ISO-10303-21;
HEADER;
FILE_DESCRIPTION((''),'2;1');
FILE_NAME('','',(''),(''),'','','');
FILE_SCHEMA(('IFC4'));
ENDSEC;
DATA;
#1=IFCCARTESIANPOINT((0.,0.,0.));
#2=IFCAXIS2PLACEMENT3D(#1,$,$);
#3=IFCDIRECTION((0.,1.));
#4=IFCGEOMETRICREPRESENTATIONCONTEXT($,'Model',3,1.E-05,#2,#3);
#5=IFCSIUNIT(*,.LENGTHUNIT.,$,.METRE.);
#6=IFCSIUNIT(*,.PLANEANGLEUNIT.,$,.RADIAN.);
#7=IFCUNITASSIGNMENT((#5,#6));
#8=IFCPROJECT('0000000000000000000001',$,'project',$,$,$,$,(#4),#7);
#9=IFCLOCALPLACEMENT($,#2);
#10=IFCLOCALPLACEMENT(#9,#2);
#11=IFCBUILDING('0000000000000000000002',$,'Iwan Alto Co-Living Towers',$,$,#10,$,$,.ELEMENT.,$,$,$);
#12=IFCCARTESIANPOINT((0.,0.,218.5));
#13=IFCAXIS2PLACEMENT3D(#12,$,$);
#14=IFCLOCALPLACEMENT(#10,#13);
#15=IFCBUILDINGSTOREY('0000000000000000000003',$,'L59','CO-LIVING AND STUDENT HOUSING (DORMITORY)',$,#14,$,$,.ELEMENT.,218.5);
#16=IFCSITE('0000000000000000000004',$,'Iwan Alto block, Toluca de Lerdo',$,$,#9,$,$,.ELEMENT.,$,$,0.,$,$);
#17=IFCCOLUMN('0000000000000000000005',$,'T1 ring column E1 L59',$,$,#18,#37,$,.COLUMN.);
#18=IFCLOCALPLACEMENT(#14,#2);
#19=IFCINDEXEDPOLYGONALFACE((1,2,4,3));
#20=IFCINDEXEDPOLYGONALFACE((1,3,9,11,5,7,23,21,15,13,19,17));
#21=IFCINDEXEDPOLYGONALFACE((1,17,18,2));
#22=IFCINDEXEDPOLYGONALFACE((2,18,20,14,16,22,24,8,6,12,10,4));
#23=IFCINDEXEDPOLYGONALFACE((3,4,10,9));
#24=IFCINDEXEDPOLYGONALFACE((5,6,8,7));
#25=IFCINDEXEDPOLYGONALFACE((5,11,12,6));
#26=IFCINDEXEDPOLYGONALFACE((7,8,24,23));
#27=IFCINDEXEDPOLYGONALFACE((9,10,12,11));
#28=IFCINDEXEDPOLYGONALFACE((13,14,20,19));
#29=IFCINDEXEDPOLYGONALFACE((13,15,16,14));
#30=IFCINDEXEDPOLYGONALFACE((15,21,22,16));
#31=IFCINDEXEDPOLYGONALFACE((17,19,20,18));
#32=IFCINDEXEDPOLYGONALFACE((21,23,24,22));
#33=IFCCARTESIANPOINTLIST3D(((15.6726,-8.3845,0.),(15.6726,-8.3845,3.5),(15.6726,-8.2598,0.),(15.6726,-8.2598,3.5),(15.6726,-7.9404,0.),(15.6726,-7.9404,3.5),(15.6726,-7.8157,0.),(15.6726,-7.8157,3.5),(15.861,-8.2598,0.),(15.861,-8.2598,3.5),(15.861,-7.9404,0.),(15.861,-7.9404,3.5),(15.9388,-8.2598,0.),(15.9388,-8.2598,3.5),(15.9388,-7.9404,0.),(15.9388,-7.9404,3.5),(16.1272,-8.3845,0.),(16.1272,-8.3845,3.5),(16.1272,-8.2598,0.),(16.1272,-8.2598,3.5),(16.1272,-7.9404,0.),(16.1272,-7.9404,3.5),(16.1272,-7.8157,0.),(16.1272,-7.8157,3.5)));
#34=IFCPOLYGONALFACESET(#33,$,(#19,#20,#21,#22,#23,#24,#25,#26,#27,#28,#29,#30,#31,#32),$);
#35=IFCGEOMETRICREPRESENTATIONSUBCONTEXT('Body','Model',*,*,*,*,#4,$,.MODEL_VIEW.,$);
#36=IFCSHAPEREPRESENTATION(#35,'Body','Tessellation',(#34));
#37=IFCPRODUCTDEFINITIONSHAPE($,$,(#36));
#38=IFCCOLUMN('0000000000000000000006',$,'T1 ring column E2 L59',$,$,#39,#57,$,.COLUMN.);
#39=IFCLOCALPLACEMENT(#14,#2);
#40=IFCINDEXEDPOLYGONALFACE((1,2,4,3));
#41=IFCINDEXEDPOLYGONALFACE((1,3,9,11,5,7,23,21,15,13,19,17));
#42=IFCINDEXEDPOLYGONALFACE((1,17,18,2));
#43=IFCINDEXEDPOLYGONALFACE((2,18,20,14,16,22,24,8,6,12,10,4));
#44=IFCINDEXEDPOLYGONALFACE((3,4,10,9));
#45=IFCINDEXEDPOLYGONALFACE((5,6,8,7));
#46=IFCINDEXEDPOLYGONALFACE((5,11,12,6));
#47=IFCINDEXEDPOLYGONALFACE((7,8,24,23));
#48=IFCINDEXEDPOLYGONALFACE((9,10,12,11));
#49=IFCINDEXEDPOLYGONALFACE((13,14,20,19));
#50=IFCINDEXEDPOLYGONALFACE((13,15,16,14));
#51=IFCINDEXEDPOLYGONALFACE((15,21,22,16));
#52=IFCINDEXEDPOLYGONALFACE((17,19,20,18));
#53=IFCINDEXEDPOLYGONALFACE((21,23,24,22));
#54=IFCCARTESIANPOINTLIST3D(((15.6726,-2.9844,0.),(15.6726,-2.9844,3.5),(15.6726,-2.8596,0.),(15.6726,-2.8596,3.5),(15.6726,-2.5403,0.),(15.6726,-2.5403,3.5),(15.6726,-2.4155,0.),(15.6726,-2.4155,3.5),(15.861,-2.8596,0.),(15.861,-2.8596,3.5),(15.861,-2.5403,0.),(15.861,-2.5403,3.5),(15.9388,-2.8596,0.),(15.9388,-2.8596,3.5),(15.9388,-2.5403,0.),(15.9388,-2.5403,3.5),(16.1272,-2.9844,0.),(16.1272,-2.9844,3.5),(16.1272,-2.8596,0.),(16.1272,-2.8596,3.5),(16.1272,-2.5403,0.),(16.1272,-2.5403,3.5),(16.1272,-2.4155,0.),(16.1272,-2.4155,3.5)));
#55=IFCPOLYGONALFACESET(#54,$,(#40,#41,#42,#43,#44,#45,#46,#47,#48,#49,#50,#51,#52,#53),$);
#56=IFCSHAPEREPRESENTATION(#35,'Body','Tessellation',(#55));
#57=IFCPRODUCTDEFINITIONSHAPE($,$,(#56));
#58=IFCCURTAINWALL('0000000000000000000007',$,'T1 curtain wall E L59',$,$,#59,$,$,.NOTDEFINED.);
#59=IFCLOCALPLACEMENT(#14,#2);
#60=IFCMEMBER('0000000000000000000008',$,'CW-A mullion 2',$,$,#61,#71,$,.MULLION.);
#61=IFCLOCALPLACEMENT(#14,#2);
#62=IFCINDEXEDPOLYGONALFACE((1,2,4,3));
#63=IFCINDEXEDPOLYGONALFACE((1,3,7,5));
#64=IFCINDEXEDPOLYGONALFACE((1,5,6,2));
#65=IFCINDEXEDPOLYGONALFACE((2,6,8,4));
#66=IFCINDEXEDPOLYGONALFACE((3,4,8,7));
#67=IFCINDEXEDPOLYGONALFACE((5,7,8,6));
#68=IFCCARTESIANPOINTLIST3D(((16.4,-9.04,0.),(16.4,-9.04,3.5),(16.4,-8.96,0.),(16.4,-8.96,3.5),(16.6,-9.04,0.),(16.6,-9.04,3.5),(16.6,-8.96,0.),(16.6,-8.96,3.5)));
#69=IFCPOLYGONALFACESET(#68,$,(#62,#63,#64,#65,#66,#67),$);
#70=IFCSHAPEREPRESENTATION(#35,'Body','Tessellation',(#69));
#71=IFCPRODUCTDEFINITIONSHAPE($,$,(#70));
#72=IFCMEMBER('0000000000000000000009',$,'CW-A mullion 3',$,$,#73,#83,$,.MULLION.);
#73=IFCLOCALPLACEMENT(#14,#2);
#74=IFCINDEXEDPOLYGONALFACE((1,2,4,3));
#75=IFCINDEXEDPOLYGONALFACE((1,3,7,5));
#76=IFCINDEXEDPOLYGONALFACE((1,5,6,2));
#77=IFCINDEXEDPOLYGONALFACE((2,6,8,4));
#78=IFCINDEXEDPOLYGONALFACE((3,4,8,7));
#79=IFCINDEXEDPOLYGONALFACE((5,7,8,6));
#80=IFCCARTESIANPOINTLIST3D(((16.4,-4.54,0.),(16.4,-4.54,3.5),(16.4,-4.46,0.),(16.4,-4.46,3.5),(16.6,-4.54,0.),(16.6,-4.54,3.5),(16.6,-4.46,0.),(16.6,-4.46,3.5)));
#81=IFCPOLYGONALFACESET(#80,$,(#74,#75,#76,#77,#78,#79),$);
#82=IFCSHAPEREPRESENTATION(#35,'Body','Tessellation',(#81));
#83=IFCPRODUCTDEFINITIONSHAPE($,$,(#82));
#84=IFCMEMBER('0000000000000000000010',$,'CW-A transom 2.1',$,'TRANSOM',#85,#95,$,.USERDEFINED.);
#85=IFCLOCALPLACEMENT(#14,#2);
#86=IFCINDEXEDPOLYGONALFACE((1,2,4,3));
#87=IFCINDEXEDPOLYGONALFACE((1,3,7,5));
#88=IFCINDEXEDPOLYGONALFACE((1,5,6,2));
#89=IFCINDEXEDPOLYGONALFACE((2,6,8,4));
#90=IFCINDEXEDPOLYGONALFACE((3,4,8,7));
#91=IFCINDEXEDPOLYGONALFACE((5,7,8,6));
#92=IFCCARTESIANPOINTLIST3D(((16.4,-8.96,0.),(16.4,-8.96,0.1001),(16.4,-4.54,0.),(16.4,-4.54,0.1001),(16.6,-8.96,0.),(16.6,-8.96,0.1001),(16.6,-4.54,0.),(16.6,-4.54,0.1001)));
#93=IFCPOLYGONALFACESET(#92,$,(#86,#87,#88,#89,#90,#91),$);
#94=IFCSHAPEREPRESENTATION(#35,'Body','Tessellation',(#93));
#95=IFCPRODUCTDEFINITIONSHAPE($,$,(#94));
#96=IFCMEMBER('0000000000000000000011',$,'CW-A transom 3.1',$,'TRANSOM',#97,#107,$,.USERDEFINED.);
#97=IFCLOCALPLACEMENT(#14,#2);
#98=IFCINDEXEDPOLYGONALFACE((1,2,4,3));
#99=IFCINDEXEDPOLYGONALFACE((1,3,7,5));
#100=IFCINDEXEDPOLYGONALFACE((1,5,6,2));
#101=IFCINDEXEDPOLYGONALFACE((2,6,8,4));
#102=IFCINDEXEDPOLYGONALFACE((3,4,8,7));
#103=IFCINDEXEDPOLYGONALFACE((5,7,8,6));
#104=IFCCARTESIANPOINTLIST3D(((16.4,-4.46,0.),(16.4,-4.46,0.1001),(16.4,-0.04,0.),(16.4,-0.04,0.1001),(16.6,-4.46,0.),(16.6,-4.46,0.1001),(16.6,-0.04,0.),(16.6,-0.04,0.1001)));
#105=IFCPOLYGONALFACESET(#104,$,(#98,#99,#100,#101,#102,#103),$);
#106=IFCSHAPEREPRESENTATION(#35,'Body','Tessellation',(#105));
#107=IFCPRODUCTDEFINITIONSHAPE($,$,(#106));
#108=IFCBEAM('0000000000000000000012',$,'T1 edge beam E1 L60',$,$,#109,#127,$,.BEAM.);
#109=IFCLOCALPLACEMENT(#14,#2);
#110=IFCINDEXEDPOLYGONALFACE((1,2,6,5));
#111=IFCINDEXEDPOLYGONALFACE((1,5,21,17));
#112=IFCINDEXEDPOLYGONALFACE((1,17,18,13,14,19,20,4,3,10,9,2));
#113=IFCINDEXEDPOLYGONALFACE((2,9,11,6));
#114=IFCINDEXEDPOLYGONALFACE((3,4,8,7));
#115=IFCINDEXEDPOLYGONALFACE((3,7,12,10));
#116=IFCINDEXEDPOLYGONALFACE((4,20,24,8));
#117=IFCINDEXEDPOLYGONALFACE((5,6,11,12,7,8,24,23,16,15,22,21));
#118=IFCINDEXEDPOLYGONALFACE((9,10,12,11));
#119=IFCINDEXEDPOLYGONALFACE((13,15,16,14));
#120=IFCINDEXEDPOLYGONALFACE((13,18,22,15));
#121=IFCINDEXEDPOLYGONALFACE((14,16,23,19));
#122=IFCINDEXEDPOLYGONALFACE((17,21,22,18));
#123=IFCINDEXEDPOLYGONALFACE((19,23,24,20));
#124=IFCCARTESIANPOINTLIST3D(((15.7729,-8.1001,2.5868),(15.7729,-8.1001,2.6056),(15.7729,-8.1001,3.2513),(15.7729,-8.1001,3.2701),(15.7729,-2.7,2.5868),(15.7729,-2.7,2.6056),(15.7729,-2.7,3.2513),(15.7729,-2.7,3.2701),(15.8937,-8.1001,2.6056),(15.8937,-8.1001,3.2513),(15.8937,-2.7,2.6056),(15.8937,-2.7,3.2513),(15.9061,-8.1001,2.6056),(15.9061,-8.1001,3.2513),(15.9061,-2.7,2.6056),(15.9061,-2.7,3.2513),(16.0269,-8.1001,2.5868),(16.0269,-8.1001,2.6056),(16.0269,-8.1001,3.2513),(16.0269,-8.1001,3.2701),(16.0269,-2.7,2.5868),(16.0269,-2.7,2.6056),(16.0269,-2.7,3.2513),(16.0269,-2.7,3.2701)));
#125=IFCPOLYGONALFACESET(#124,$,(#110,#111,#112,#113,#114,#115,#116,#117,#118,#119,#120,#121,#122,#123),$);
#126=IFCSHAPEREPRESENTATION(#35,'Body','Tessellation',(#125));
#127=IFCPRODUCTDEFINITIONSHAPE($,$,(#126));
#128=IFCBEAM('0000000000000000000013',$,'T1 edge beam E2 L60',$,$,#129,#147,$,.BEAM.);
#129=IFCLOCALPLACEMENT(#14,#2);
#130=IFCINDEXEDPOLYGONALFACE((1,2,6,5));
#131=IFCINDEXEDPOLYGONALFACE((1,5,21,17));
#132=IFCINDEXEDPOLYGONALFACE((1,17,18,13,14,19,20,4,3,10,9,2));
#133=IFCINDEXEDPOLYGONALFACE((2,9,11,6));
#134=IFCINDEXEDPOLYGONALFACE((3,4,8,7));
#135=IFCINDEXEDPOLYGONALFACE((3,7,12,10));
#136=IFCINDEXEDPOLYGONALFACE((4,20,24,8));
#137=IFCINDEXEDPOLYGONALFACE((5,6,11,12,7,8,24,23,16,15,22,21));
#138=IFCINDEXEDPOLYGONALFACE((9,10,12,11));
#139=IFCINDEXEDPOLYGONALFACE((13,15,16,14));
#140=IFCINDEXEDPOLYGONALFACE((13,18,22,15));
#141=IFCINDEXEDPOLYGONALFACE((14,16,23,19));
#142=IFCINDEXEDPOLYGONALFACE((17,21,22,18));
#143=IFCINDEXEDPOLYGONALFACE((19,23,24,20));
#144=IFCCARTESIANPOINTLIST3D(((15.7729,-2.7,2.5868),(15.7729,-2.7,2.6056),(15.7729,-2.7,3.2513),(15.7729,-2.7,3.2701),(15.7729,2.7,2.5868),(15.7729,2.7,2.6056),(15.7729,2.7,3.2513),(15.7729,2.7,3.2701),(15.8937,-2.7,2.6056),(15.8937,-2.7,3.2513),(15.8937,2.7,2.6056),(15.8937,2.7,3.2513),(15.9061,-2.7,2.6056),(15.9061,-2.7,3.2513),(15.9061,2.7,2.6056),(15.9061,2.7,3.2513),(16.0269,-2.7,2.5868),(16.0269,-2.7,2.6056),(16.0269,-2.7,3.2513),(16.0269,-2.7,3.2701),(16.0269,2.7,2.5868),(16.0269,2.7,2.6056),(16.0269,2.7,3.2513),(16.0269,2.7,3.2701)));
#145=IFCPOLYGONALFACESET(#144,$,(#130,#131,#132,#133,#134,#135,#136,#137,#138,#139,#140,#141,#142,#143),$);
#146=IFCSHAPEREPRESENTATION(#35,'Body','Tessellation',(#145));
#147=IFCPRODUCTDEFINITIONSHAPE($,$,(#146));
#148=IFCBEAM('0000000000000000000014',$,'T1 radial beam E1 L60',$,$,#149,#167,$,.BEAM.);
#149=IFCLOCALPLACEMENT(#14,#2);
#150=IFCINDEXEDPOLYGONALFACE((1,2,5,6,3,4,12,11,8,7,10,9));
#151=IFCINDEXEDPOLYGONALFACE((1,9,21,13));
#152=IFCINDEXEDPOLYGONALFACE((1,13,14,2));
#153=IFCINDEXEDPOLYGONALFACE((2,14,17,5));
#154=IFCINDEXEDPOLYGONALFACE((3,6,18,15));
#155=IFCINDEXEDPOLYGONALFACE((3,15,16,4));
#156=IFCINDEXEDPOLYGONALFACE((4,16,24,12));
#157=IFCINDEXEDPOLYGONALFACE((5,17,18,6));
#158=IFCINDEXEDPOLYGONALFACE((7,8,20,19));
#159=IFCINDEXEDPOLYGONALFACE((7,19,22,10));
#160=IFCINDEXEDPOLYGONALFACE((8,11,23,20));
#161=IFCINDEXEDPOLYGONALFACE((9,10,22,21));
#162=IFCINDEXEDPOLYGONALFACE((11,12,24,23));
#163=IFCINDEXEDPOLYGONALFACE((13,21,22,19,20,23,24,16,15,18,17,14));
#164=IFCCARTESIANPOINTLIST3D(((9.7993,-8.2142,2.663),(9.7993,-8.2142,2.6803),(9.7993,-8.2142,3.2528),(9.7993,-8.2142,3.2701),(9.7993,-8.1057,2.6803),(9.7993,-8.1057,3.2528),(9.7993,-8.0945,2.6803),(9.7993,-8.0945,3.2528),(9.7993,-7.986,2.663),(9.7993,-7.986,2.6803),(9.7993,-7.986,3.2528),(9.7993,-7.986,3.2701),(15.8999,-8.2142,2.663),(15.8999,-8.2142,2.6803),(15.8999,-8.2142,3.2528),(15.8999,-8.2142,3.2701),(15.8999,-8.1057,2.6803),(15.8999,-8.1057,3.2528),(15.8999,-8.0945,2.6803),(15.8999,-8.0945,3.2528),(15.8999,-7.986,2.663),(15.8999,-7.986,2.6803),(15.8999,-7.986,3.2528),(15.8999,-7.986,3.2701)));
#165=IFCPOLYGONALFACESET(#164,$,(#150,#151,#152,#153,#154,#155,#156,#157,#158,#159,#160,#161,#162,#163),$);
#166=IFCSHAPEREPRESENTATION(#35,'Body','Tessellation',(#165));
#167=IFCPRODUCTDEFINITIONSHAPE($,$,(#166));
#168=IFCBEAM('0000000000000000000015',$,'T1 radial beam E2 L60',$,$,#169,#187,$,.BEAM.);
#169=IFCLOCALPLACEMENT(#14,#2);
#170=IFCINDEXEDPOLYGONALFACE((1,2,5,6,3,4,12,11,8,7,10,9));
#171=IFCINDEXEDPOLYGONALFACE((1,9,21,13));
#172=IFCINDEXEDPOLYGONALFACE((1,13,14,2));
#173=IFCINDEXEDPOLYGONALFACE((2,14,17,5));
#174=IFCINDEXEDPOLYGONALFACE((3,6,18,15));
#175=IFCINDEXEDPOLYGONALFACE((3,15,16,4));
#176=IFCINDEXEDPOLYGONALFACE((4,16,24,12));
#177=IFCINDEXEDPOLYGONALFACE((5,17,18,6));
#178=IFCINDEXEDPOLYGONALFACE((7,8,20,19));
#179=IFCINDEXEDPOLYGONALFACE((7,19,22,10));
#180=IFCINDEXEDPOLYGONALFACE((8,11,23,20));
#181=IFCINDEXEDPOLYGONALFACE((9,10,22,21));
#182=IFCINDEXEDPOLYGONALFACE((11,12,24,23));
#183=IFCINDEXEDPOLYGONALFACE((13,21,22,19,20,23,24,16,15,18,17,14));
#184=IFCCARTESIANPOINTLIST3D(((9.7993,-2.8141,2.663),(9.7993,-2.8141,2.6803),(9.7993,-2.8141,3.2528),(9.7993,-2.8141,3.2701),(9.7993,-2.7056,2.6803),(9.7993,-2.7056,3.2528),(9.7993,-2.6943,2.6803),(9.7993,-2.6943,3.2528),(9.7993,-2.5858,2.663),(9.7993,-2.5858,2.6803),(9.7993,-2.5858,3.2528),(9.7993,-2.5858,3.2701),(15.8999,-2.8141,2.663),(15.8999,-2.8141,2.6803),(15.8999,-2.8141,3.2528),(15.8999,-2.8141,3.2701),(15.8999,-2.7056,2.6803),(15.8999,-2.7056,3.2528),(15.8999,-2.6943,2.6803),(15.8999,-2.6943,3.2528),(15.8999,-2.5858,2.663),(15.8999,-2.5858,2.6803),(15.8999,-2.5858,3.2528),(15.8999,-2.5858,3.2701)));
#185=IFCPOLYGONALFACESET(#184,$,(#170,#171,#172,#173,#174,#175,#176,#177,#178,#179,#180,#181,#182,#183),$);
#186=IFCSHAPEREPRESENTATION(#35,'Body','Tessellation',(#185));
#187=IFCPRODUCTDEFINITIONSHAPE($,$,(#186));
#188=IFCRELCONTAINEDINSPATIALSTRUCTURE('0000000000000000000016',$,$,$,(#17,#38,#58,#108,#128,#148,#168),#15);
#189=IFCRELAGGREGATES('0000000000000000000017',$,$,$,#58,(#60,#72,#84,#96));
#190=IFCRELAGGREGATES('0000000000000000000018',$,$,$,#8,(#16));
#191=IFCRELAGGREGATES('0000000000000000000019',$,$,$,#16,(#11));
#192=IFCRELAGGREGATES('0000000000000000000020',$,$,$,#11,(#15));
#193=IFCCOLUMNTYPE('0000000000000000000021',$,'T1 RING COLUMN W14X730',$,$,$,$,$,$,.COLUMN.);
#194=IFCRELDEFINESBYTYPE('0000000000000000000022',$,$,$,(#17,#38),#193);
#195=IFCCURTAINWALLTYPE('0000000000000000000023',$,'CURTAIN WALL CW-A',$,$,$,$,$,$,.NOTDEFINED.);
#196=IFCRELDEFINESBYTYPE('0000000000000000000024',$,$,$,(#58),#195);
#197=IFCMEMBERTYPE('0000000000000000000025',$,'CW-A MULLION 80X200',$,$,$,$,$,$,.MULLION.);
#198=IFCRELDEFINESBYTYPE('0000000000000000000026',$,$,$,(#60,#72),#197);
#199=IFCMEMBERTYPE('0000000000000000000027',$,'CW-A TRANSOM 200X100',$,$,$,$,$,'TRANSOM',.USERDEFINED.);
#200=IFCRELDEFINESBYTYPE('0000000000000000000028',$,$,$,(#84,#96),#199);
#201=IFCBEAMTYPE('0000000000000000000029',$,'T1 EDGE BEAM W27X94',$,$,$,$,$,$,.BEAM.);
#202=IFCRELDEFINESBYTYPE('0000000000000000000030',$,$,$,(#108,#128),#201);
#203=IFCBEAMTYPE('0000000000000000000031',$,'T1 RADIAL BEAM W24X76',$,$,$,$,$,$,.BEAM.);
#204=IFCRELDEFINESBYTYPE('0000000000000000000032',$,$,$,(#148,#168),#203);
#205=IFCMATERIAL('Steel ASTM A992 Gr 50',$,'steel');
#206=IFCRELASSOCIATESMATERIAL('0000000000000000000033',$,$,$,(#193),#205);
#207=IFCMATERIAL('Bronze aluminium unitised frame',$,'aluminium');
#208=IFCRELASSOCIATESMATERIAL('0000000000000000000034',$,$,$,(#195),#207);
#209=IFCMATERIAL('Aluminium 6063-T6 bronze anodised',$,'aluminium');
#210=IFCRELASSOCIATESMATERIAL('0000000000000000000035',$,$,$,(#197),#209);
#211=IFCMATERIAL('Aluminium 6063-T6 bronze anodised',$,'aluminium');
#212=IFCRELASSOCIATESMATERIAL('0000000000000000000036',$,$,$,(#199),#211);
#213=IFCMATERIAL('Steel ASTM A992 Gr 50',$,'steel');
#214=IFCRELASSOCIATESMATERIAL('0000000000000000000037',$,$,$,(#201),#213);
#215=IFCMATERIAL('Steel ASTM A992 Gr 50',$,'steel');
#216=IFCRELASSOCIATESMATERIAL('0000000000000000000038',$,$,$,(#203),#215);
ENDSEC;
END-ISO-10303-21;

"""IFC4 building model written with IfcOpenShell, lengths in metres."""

from ifc_helpers import new_model, si_unit, direction, frame, origin, origin_2d, place, context, subcontext, project, spatial, rectangle, i_section, extrude, material, material_profile, profile_set, type_object, element, aggregate, save


model = new_model("IFC4")

# Units and contexts
model_context = context("Model", 3, precision=1e-05, world=origin(), true_north=direction((0.0, 1.0)))
body_context = subcontext(model_context, "Body", "Model", "MODEL_VIEW")
ifc_project = project(units=[si_unit("LENGTHUNIT", "METRE"), si_unit("PLANEANGLEUNIT", "RADIAN")], contexts=[model_context])

# Site, building, storey
site_placement = place(None, origin())
site = spatial("IfcSite", under=ifc_project, at=site_placement, Name="Iwan Alto block, Toluca de Lerdo", CompositionType="ELEMENT", RefElevation=0.0)
building_placement = place(site_placement, origin())
building = spatial("IfcBuilding", under=site, at=building_placement, Name="Iwan Alto Co-Living Towers", CompositionType="ELEMENT")
storey_placement = place(building_placement, frame((0.0, 0.0, 218.5)))
storey = spatial("IfcBuildingStorey", under=building, at=storey_placement, Name="L59", Description="CO-LIVING AND STUDENT HOUSING (DORMITORY)", CompositionType="ELEMENT", Elevation=218.5)

# Columns
ifc_material_1 = material(Name="Steel ASTM A992 Gr 50", Category="steel")
ifc_material_profile_1 = material_profile(ifc_material_1, i_section(OverallWidth=0.4546, OverallDepth=0.5688, WebThickness=0.0779, FlangeThickness=0.1248, at=origin_2d()), Name="W14X730")
ifc_profile_set_1 = profile_set([ifc_material_profile_1], Name="Steel ASTM A992 Gr 50")
column_type = type_object("IfcColumnType", Name="T1 RING COLUMN W14X730", PredefinedType="COLUMN", material=ifc_profile_set_1)
for number, where, z_axis, x_axis, name in (
    (1, (15.8999, -8.1001, 0.0), (0.0, 0.0, 1.0), (1.0, 0.0, 0.0), "T1 ring column E1 L59"),
    (2, (15.8999, -2.7, 0.0), (0.0, 0.0, 1.0), (1.0, 0.0, 0.0), "T1 ring column E2 L59"),
):
    element("IfcColumn", number, at=place(storey_placement, frame(where, z_axis=z_axis, x_axis=x_axis)), inside=storey, type_object=column_type, Name=name, PredefinedType="COLUMN", context=body_context, shape_type="SweptSolid", body=[
        extrude(i_section(OverallWidth=0.4546, OverallDepth=0.5688, WebThickness=0.0779, FlangeThickness=0.1248, at=origin_2d()), origin(), (0.0, 0.0, 1.0), 3.5),
    ])

# Curtain wall, members
ifc_material_2 = material(Name="Bronze aluminium unitised frame", Category="aluminium")
curtain_wall_type = type_object("IfcCurtainWallType", Name="CURTAIN WALL CW-A", PredefinedType="NOTDEFINED", material=ifc_material_2)
curtain_wall_placement = place(storey_placement, origin())
curtain_wall = element("IfcCurtainWall", 3, at=curtain_wall_placement, inside=storey, type_object=curtain_wall_type, Name="T1 curtain wall E L59", PredefinedType="NOTDEFINED")
ifc_material_3 = material(Name="Aluminium 6063-T6 bronze anodised", Category="aluminium")
ifc_material_profile_2 = material_profile(ifc_material_3, rectangle(XDim=0.2, YDim=0.0801, at=origin_2d()), Name="AL 80X200")
ifc_profile_set_2 = profile_set([ifc_material_profile_2], Name="Aluminium 6063-T6 bronze anodised")
member_type_1 = type_object("IfcMemberType", Name="CW-A MULLION 80X200", PredefinedType="MULLION", material=ifc_profile_set_2)
member_1_placement = place(storey_placement, frame((16.5, -9.0, 0.0), z_axis=(0.0, 0.0, 1.0), x_axis=(-1.0, 0.0, 0.0)))
member_1 = element("IfcMember", 4, at=member_1_placement, type_object=member_type_1, Name="CW-A mullion 2", PredefinedType="MULLION", context=body_context, shape_type="SweptSolid", body=[
    extrude(rectangle(XDim=0.2, YDim=0.0801, at=origin_2d()), origin(), (0.0, 0.0, 1.0), 3.5),
])
member_2_placement = place(storey_placement, frame((16.5, -4.5, 0.0), z_axis=(0.0, 0.0, 1.0), x_axis=(-1.0, 0.0, 0.0)))
member_2 = element("IfcMember", 5, at=member_2_placement, type_object=member_type_1, Name="CW-A mullion 3", PredefinedType="MULLION", context=body_context, shape_type="SweptSolid", body=[
    extrude(rectangle(XDim=0.2, YDim=0.0801, at=origin_2d()), origin(), (0.0, 0.0, 1.0), 3.5),
])
ifc_material_4 = material(Name="Aluminium 6063-T6 bronze anodised", Category="aluminium")
ifc_material_profile_3 = material_profile(ifc_material_4, rectangle(XDim=0.2, YDim=0.1001, at=origin_2d()), Name="AL 200X100")
ifc_profile_set_3 = profile_set([ifc_material_profile_3], Name="Aluminium 6063-T6 bronze anodised")
member_type_2 = type_object("IfcMemberType", Name="CW-A TRANSOM 200X100", ElementType="TRANSOM", PredefinedType="USERDEFINED", material=ifc_profile_set_3)
member_3_placement = place(storey_placement, frame((16.5, -8.96, 0.05), z_axis=(0.0, 1.0, 0.0), x_axis=(-1.0, 0.0, 0.0)))
member_3 = element("IfcMember", 6, at=member_3_placement, type_object=member_type_2, Name="CW-A transom 2.1", ObjectType="TRANSOM", PredefinedType="USERDEFINED", context=body_context, shape_type="SweptSolid", body=[
    extrude(rectangle(XDim=0.2, YDim=0.1001, at=origin_2d()), origin(), (0.0, 0.0, 1.0), 4.4199),
])
member_4_placement = place(storey_placement, frame((16.5, -4.46, 0.05), z_axis=(0.0, 1.0, 0.0), x_axis=(-1.0, 0.0, 0.0)))
member_4 = element("IfcMember", 7, at=member_4_placement, type_object=member_type_2, Name="CW-A transom 3.1", ObjectType="TRANSOM", PredefinedType="USERDEFINED", context=body_context, shape_type="SweptSolid", body=[
    extrude(rectangle(XDim=0.2, YDim=0.1001, at=origin_2d()), origin(), (0.0, 0.0, 1.0), 4.4199),
])

# Beams
ifc_material_5 = material(Name="Steel ASTM A992 Gr 50", Category="steel")
ifc_material_profile_4 = material_profile(ifc_material_5, i_section(OverallWidth=0.2539, OverallDepth=0.6833, WebThickness=0.0125, FlangeThickness=0.0188, at=origin_2d()), Name="W27X94")
ifc_profile_set_4 = profile_set([ifc_material_profile_4], Name="Steel ASTM A992 Gr 50")
beam_type_1 = type_object("IfcBeamType", Name="T1 EDGE BEAM W27X94", PredefinedType="BEAM", material=ifc_profile_set_4)
beam_1_placement = place(storey_placement, frame((15.8999, -8.1001, 2.9285), z_axis=(0.0, 1.0, 0.0), x_axis=(-1.0, 0.0, 0.0)))
element("IfcBeam", 8, at=beam_1_placement, inside=storey, type_object=beam_type_1, Name="T1 edge beam E1 L60", PredefinedType="BEAM", context=body_context, shape_type="SweptSolid", body=[
    extrude(i_section(OverallWidth=0.2539, OverallDepth=0.6833, WebThickness=0.0125, FlangeThickness=0.0188, at=origin_2d()), origin(), (0.0, 0.0, 1.0), 5.4001),
])
beam_2_placement = place(storey_placement, frame((15.8999, -2.7, 2.9285), z_axis=(0.0, 1.0, 0.0), x_axis=(-1.0, 0.0, 0.0)))
element("IfcBeam", 9, at=beam_2_placement, inside=storey, type_object=beam_type_1, Name="T1 edge beam E2 L60", PredefinedType="BEAM", context=body_context, shape_type="SweptSolid", body=[
    extrude(i_section(OverallWidth=0.2539, OverallDepth=0.6833, WebThickness=0.0125, FlangeThickness=0.0188, at=origin_2d()), origin(), (0.0, 0.0, 1.0), 5.3999),
])
ifc_material_6 = material(Name="Steel ASTM A992 Gr 50", Category="steel")
ifc_material_profile_5 = material_profile(ifc_material_6, i_section(OverallWidth=0.2283, OverallDepth=0.6072, WebThickness=0.0112, FlangeThickness=0.0173, at=origin_2d()), Name="W24X76")
ifc_profile_set_5 = profile_set([ifc_material_profile_5], Name="Steel ASTM A992 Gr 50")
beam_type_2 = type_object("IfcBeamType", Name="T1 RADIAL BEAM W24X76", PredefinedType="BEAM", material=ifc_profile_set_5)
for number, where, z_axis, x_axis, name in (
    (10, (15.8999, -8.1001, 2.9666), (-1.0, 0.0, 0.0), (0.0, -1.0, 0.0), "T1 radial beam E1 L60"),
    (11, (15.8999, -2.7, 2.9666), (-1.0, 0.0, 0.0), (0.0, -1.0, 0.0), "T1 radial beam E2 L60"),
):
    element("IfcBeam", number, at=place(storey_placement, frame(where, z_axis=z_axis, x_axis=x_axis)), inside=storey, type_object=beam_type_2, Name=name, PredefinedType="BEAM", context=body_context, shape_type="SweptSolid", body=[
        extrude(i_section(OverallWidth=0.2283, OverallDepth=0.6072, WebThickness=0.0112, FlangeThickness=0.0173, at=origin_2d()), origin(), (0.0, 0.0, 1.0), 6.1006),
    ])

aggregate(curtain_wall, [member_1, member_2, member_3, member_4])

save(model, "model.ifc")
